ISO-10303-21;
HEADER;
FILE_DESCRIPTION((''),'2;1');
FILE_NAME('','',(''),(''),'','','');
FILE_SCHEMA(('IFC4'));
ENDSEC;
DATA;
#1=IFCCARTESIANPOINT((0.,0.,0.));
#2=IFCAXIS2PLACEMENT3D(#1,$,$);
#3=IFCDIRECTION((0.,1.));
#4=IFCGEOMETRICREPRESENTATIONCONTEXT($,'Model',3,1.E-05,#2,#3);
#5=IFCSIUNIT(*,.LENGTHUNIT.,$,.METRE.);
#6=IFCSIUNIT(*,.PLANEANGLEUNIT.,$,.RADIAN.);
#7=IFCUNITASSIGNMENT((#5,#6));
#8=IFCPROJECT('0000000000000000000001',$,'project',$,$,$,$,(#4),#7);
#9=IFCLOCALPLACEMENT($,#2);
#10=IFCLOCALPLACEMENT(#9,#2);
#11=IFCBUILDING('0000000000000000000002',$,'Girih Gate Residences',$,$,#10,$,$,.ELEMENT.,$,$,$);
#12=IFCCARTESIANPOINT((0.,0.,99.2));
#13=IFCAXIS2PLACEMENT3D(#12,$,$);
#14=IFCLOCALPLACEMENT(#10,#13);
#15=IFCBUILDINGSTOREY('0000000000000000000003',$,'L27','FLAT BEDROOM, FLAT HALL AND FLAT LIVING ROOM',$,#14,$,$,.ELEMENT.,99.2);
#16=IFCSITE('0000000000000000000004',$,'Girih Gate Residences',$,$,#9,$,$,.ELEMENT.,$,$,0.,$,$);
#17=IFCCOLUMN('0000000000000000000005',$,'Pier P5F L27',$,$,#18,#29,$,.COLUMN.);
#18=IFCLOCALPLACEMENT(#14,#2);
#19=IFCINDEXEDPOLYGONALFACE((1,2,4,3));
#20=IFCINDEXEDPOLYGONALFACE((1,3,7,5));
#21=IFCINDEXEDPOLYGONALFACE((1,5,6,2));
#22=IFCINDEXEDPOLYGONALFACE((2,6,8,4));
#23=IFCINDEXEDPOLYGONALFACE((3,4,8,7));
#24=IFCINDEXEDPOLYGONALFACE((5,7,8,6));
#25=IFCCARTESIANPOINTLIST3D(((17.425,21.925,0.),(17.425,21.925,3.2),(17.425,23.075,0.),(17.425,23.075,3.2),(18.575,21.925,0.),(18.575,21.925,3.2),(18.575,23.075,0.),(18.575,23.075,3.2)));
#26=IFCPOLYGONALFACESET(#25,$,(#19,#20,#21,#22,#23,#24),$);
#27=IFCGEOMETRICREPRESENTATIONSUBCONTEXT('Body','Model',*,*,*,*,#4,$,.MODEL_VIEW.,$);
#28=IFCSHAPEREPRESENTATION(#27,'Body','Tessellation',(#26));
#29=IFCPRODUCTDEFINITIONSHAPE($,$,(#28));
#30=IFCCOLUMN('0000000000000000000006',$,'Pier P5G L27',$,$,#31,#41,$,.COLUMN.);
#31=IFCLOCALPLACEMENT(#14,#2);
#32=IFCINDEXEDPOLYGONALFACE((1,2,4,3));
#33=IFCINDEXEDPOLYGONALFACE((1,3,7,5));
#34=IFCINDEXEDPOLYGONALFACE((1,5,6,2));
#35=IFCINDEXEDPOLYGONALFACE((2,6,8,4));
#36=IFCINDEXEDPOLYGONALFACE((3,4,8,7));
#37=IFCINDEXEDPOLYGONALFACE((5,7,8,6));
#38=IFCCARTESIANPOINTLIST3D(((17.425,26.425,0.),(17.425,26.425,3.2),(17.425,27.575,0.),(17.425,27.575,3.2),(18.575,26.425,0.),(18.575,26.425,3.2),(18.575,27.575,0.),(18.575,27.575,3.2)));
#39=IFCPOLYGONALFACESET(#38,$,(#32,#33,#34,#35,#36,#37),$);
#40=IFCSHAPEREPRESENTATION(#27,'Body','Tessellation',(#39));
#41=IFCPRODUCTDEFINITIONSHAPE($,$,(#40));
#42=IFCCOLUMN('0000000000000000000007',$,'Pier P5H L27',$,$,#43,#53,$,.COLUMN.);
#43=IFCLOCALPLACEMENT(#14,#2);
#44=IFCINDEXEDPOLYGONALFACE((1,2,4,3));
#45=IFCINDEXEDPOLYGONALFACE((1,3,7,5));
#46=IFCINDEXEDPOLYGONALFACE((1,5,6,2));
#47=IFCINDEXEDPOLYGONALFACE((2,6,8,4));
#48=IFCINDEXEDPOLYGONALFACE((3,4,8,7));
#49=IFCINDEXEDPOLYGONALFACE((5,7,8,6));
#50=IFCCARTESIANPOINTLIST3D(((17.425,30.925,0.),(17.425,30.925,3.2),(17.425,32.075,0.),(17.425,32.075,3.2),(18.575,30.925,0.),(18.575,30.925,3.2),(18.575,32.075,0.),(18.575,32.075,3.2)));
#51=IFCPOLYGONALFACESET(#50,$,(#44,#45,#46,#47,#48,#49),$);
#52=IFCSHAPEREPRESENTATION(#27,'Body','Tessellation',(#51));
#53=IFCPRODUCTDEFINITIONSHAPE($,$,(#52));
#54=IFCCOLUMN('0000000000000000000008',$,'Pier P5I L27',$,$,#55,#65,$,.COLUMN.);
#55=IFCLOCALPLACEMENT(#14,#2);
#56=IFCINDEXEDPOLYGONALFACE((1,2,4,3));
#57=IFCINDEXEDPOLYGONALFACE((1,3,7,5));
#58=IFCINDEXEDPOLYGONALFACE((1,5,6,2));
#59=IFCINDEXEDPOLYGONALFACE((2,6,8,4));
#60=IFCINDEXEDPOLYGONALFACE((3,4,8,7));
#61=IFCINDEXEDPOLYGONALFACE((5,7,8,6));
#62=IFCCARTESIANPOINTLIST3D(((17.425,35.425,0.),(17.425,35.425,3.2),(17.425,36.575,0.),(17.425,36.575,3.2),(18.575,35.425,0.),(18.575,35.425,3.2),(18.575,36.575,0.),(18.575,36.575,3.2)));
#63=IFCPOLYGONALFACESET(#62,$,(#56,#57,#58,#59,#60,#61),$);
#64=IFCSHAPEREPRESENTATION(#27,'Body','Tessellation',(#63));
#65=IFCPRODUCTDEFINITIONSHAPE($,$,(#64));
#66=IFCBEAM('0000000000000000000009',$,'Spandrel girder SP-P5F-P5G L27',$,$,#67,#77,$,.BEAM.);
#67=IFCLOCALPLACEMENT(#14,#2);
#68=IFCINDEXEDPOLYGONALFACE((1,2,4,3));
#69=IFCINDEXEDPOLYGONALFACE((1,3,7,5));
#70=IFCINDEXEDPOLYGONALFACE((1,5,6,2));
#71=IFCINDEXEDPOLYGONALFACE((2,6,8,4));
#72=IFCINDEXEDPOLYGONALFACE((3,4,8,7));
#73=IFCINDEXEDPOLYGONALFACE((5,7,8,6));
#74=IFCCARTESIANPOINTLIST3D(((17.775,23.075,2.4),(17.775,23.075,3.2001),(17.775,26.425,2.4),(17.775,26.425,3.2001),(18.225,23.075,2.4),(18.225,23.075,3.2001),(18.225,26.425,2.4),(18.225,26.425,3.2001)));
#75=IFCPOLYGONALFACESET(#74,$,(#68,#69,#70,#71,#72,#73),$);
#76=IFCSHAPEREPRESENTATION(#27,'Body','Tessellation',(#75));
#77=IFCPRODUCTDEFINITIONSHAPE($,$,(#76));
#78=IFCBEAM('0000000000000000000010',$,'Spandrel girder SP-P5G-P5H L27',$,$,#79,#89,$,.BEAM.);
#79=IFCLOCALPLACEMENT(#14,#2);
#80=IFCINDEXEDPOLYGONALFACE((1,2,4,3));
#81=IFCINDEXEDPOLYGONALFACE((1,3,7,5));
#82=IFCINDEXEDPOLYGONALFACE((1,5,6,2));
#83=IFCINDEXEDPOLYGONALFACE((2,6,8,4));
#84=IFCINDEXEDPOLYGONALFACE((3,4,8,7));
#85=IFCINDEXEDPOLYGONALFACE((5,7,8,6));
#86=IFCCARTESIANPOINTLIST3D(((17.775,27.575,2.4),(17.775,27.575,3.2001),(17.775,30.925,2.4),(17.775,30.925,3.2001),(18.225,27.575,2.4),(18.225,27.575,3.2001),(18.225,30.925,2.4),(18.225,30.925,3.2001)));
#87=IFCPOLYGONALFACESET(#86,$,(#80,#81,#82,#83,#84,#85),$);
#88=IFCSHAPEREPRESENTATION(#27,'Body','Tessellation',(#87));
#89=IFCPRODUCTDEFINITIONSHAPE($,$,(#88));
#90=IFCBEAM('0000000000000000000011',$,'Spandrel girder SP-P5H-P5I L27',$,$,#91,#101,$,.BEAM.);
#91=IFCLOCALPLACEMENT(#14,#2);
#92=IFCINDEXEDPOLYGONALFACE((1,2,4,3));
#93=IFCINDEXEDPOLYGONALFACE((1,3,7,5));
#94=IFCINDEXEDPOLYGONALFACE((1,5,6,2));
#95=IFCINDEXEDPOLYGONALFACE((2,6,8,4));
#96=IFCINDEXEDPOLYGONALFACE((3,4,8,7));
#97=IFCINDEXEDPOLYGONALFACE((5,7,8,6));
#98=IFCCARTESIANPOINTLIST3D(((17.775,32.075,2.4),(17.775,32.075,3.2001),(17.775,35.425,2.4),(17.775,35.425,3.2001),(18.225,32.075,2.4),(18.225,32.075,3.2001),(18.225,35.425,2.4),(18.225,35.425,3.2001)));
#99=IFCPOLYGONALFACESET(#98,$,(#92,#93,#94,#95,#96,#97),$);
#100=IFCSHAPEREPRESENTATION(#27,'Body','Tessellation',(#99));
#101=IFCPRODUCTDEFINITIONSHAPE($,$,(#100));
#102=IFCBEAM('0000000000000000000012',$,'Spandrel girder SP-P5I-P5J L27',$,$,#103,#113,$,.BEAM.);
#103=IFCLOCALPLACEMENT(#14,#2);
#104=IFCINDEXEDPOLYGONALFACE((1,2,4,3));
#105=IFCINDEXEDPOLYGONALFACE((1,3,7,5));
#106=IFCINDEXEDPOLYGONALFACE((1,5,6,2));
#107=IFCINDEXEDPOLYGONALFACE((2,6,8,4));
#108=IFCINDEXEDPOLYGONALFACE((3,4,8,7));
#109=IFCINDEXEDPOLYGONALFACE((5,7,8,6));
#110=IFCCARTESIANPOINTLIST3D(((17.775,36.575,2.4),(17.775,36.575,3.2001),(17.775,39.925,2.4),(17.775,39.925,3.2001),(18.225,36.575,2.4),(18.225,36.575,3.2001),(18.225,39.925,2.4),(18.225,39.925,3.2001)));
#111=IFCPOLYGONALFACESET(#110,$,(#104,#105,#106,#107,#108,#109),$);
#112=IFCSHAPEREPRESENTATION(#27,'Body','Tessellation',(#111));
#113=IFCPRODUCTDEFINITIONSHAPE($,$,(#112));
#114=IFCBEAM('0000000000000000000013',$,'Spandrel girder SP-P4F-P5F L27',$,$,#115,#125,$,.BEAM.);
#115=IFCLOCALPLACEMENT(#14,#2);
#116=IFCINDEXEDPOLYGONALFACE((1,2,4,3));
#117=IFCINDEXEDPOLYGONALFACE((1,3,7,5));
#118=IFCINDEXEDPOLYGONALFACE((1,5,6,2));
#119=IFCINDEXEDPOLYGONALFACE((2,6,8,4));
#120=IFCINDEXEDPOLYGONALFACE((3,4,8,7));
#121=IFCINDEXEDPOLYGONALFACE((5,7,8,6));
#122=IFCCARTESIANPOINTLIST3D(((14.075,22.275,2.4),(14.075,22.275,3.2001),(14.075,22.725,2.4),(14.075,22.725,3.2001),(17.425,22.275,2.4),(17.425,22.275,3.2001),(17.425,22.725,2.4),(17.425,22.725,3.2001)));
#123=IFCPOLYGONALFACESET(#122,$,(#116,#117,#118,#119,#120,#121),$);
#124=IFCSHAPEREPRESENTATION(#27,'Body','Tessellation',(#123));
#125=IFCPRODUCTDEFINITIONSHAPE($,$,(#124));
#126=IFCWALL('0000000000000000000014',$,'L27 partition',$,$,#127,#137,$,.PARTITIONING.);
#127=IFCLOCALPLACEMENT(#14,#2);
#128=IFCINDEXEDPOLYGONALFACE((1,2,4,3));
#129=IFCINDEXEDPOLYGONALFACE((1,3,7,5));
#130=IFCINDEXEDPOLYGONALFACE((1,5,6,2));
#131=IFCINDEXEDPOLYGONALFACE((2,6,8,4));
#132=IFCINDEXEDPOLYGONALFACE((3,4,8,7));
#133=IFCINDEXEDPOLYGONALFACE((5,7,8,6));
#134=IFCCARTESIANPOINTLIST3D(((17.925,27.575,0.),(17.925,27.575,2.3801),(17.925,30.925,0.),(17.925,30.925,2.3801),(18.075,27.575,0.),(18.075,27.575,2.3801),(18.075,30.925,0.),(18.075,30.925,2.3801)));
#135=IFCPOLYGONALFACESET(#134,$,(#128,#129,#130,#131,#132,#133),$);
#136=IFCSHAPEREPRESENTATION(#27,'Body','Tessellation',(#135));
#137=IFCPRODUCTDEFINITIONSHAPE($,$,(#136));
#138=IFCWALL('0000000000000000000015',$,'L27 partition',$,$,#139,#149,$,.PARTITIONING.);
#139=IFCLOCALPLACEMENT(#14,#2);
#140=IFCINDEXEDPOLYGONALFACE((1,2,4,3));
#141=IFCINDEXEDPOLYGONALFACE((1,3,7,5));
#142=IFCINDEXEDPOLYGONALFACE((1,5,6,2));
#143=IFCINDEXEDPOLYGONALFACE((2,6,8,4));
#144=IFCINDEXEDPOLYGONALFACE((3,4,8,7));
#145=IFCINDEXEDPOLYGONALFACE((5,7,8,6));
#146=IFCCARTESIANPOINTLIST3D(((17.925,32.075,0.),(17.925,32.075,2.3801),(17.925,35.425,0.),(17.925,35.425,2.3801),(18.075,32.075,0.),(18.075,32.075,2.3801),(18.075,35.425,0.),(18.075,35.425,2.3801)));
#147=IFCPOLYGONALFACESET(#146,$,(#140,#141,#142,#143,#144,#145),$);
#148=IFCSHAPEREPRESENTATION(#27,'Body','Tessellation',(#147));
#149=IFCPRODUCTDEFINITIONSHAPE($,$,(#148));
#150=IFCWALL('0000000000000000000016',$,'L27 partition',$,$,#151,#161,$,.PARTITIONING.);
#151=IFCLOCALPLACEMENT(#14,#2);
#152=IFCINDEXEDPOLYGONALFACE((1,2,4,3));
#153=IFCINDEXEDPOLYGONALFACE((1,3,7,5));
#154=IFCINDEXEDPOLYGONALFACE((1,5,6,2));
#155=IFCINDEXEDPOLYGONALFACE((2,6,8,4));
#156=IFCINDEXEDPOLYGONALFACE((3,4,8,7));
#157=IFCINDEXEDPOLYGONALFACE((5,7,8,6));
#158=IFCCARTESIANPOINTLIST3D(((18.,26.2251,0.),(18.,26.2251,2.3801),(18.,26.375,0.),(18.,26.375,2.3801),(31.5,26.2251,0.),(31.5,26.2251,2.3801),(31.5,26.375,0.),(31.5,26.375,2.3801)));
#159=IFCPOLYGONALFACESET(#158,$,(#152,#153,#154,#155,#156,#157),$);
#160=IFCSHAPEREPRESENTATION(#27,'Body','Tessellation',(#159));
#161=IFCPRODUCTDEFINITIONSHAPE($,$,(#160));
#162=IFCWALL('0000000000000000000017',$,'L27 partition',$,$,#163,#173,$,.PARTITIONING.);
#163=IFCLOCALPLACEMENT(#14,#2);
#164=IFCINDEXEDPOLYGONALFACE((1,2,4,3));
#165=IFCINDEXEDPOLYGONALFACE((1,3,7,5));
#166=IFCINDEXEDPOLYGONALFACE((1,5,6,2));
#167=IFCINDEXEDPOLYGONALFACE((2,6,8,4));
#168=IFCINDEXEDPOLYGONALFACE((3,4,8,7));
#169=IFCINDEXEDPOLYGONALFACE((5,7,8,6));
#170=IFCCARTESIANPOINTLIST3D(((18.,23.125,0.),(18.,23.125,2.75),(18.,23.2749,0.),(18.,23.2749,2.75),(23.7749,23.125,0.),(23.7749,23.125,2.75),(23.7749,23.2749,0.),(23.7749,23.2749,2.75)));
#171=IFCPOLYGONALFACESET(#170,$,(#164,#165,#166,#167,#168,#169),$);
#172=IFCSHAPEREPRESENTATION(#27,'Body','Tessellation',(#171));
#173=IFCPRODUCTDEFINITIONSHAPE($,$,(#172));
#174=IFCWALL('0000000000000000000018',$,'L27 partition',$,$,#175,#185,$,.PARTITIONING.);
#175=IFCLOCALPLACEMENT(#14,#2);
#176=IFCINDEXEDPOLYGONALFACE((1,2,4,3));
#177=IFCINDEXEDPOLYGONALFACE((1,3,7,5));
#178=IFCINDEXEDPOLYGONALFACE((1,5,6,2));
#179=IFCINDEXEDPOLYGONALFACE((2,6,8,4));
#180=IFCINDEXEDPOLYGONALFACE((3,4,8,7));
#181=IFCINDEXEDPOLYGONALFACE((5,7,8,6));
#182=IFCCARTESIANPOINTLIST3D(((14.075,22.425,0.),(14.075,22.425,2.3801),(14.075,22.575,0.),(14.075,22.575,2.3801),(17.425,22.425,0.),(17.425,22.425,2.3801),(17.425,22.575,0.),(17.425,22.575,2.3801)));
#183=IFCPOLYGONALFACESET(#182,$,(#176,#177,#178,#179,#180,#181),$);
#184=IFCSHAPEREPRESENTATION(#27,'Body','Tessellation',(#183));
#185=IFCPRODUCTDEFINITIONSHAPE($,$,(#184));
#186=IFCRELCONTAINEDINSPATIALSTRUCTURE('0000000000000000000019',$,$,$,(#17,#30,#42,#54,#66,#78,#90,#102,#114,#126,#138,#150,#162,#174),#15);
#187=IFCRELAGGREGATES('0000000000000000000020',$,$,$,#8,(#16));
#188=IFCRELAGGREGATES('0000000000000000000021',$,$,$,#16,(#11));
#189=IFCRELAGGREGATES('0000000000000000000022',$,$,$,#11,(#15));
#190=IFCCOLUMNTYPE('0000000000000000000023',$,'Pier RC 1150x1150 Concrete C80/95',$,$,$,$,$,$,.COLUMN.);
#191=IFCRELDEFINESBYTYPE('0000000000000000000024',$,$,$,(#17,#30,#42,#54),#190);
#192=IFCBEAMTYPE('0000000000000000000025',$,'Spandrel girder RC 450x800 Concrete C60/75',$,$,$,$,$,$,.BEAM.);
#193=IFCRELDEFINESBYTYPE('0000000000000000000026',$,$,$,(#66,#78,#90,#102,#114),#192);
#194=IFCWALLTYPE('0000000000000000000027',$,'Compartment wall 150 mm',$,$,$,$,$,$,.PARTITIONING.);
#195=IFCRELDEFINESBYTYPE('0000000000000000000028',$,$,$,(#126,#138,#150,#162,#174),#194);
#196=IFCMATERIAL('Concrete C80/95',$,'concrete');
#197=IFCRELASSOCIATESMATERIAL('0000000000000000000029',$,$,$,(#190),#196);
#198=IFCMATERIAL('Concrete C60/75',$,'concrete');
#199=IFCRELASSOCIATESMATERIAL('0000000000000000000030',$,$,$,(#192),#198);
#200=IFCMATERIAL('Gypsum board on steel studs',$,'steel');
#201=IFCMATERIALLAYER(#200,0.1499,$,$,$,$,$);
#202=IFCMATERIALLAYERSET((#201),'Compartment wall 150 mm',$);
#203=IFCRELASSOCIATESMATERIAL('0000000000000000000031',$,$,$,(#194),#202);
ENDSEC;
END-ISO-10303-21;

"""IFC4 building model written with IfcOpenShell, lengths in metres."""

from ifc_helpers import new_model, si_unit, direction, frame, frame_2d, origin, origin_2d, place, context, subcontext, project, spatial, rectangle, extrude, material, layer, layer_set, material_profile, profile_set, type_object, element, save


model = new_model("IFC4")

# Units and contexts
model_context = context("Model", 3, precision=1e-05, world=origin(), true_north=direction((0.0, 1.0)))
body_context = subcontext(model_context, "Body", "Model", "MODEL_VIEW")
ifc_project = project(units=[si_unit("LENGTHUNIT", "METRE"), si_unit("PLANEANGLEUNIT", "RADIAN")], contexts=[model_context])

# Site, building, storey
site_placement = place(None, origin())
site = spatial("IfcSite", under=ifc_project, at=site_placement, Name="Girih Gate Residences", CompositionType="ELEMENT", RefElevation=0.0)
building_placement = place(site_placement, origin())
building = spatial("IfcBuilding", under=site, at=building_placement, Name="Girih Gate Residences", CompositionType="ELEMENT")
storey_placement = place(building_placement, frame((0.0, 0.0, 99.2)))
storey = spatial("IfcBuildingStorey", under=building, at=storey_placement, Name="L27", Description="FLAT BEDROOM, FLAT HALL AND FLAT LIVING ROOM", CompositionType="ELEMENT", Elevation=99.2)

# Columns
ifc_material_1 = material(Name="Concrete C80/95", Category="concrete")
ifc_material_profile_1 = material_profile(ifc_material_1, rectangle(XDim=1.1499, YDim=1.1499, at=origin_2d()))
ifc_profile_set_1 = profile_set([ifc_material_profile_1], Name="Concrete C80/95")
column_type = type_object("IfcColumnType", Name="Pier RC 1150x1150 Concrete C80/95", PredefinedType="COLUMN", material=ifc_profile_set_1)
for number, where, z_axis, x_axis, name in (
    (1, (18.0, 22.5, 0.0), (0.0, 0.0, 1.0), (1.0, 0.0, 0.0), "Pier P5F L27"),
    (2, (18.0, 27.0, 0.0), (0.0, 0.0, 1.0), (1.0, 0.0, 0.0), "Pier P5G L27"),
    (3, (18.0, 31.5, 0.0), (0.0, 0.0, 1.0), (1.0, 0.0, 0.0), "Pier P5H L27"),
    (4, (18.0, 36.0, 0.0), (0.0, 0.0, 1.0), (1.0, 0.0, 0.0), "Pier P5I L27"),
):
    element("IfcColumn", number, at=place(storey_placement, frame(where, z_axis=z_axis, x_axis=x_axis)), inside=storey, type_object=column_type, Name=name, PredefinedType="COLUMN", context=body_context, shape_type="SweptSolid", body=[
        extrude(rectangle(XDim=1.1499, YDim=1.1499, at=origin_2d()), origin(), (0.0, 0.0, 1.0), 3.2),
    ])

# Beams
ifc_material_2 = material(Name="Concrete C60/75", Category="concrete")
ifc_material_profile_2 = material_profile(ifc_material_2, rectangle(XDim=0.45, YDim=0.8, at=origin_2d()))
ifc_profile_set_2 = profile_set([ifc_material_profile_2], Name="Concrete C60/75")
beam_type = type_object("IfcBeamType", Name="Spandrel girder RC 450x800 Concrete C60/75", PredefinedType="BEAM", material=ifc_profile_set_2)
for number, where, z_axis, x_axis, name in (
    (5, (18.0, 23.075, 2.8), (0.0, 1.0, 0.0), (-1.0, 0.0, 0.0), "Spandrel girder SP-P5F-P5G L27"),
    (6, (18.0, 27.575, 2.8), (0.0, 1.0, 0.0), (-1.0, 0.0, 0.0), "Spandrel girder SP-P5G-P5H L27"),
    (7, (18.0, 32.075, 2.8), (0.0, 1.0, 0.0), (-1.0, 0.0, 0.0), "Spandrel girder SP-P5H-P5I L27"),
    (8, (18.0, 36.575, 2.8), (0.0, 1.0, 0.0), (-1.0, 0.0, 0.0), "Spandrel girder SP-P5I-P5J L27"),
    (9, (14.075, 22.5, 2.8), (1.0, 0.0, 0.0), (0.0, 1.0, 0.0), "Spandrel girder SP-P4F-P5F L27"),
):
    element("IfcBeam", number, at=place(storey_placement, frame(where, z_axis=z_axis, x_axis=x_axis)), inside=storey, type_object=beam_type, Name=name, PredefinedType="BEAM", context=body_context, shape_type="SweptSolid", body=[
        extrude(rectangle(XDim=0.45, YDim=0.8, at=origin_2d()), origin(), (0.0, 0.0, 1.0), 3.3501),
    ])

# Walls
ifc_material_3 = material(Name="Gypsum board on steel studs", Category="steel")
ifc_layer_1 = layer(ifc_material_3, 0.1499)
ifc_layer_set_1 = layer_set([ifc_layer_1], Name="Compartment wall 150 mm")
wall_type_1 = type_object("IfcWallType", Name="Compartment wall 150 mm", PredefinedType="PARTITIONING", material=ifc_layer_set_1)
for number, where, z_axis, x_axis, name in (
    (10, (18.0, 27.575, 0.0), (0.0, 0.0, 1.0), (0.0, 1.0, 0.0), "L27 partition"),
    (11, (18.0, 32.075, 0.0), (0.0, 0.0, 1.0), (0.0, 1.0, 0.0), "L27 partition"),
):
    element("IfcWall", number, at=place(storey_placement, frame(where, z_axis=z_axis, x_axis=x_axis)), inside=storey, type_object=wall_type_1, Name=name, PredefinedType="PARTITIONING", context=body_context, shape_type="SweptSolid", body=[
        extrude(rectangle(XDim=3.3501, YDim=0.1499, at=frame_2d((1.675, 0.0))), origin(), (0.0, 0.0, 1.0), 2.3801),
    ])
wall_1_placement = place(storey_placement, frame((18.0, 26.3, 0.0), z_axis=(0.0, 0.0, 1.0), x_axis=(1.0, 0.0, 0.0)))
element("IfcWall", 12, at=wall_1_placement, inside=storey, type_object=wall_type_1, Name="L27 partition", PredefinedType="PARTITIONING", context=body_context, shape_type="SweptSolid", body=[
    extrude(rectangle(XDim=13.5, YDim=0.1499, at=frame_2d((6.75, 0.0))), origin(), (0.0, 0.0, 1.0), 2.3801),
])
wall_2_placement = place(storey_placement, frame((18.0, 23.2, 0.0), z_axis=(0.0, 0.0, 1.0), x_axis=(1.0, 0.0, 0.0)))
element("IfcWall", 13, at=wall_2_placement, inside=storey, type_object=wall_type_1, Name="L27 partition", PredefinedType="PARTITIONING", context=body_context, shape_type="SweptSolid", body=[
    extrude(rectangle(XDim=5.7749, YDim=0.1499, at=frame_2d((2.8875, 0.0))), origin(), (0.0, 0.0, 1.0), 2.75),
])
wall_3_placement = place(storey_placement, frame((14.075, 22.5, 0.0), z_axis=(0.0, 0.0, 1.0), x_axis=(1.0, 0.0, 0.0)))
element("IfcWall", 14, at=wall_3_placement, inside=storey, type_object=wall_type_1, Name="L27 partition", PredefinedType="PARTITIONING", context=body_context, shape_type="SweptSolid", body=[
    extrude(rectangle(XDim=3.3501, YDim=0.1499, at=frame_2d((1.675, 0.0))), origin(), (0.0, 0.0, 1.0), 2.3801),
])

save(model, "model.ifc")
